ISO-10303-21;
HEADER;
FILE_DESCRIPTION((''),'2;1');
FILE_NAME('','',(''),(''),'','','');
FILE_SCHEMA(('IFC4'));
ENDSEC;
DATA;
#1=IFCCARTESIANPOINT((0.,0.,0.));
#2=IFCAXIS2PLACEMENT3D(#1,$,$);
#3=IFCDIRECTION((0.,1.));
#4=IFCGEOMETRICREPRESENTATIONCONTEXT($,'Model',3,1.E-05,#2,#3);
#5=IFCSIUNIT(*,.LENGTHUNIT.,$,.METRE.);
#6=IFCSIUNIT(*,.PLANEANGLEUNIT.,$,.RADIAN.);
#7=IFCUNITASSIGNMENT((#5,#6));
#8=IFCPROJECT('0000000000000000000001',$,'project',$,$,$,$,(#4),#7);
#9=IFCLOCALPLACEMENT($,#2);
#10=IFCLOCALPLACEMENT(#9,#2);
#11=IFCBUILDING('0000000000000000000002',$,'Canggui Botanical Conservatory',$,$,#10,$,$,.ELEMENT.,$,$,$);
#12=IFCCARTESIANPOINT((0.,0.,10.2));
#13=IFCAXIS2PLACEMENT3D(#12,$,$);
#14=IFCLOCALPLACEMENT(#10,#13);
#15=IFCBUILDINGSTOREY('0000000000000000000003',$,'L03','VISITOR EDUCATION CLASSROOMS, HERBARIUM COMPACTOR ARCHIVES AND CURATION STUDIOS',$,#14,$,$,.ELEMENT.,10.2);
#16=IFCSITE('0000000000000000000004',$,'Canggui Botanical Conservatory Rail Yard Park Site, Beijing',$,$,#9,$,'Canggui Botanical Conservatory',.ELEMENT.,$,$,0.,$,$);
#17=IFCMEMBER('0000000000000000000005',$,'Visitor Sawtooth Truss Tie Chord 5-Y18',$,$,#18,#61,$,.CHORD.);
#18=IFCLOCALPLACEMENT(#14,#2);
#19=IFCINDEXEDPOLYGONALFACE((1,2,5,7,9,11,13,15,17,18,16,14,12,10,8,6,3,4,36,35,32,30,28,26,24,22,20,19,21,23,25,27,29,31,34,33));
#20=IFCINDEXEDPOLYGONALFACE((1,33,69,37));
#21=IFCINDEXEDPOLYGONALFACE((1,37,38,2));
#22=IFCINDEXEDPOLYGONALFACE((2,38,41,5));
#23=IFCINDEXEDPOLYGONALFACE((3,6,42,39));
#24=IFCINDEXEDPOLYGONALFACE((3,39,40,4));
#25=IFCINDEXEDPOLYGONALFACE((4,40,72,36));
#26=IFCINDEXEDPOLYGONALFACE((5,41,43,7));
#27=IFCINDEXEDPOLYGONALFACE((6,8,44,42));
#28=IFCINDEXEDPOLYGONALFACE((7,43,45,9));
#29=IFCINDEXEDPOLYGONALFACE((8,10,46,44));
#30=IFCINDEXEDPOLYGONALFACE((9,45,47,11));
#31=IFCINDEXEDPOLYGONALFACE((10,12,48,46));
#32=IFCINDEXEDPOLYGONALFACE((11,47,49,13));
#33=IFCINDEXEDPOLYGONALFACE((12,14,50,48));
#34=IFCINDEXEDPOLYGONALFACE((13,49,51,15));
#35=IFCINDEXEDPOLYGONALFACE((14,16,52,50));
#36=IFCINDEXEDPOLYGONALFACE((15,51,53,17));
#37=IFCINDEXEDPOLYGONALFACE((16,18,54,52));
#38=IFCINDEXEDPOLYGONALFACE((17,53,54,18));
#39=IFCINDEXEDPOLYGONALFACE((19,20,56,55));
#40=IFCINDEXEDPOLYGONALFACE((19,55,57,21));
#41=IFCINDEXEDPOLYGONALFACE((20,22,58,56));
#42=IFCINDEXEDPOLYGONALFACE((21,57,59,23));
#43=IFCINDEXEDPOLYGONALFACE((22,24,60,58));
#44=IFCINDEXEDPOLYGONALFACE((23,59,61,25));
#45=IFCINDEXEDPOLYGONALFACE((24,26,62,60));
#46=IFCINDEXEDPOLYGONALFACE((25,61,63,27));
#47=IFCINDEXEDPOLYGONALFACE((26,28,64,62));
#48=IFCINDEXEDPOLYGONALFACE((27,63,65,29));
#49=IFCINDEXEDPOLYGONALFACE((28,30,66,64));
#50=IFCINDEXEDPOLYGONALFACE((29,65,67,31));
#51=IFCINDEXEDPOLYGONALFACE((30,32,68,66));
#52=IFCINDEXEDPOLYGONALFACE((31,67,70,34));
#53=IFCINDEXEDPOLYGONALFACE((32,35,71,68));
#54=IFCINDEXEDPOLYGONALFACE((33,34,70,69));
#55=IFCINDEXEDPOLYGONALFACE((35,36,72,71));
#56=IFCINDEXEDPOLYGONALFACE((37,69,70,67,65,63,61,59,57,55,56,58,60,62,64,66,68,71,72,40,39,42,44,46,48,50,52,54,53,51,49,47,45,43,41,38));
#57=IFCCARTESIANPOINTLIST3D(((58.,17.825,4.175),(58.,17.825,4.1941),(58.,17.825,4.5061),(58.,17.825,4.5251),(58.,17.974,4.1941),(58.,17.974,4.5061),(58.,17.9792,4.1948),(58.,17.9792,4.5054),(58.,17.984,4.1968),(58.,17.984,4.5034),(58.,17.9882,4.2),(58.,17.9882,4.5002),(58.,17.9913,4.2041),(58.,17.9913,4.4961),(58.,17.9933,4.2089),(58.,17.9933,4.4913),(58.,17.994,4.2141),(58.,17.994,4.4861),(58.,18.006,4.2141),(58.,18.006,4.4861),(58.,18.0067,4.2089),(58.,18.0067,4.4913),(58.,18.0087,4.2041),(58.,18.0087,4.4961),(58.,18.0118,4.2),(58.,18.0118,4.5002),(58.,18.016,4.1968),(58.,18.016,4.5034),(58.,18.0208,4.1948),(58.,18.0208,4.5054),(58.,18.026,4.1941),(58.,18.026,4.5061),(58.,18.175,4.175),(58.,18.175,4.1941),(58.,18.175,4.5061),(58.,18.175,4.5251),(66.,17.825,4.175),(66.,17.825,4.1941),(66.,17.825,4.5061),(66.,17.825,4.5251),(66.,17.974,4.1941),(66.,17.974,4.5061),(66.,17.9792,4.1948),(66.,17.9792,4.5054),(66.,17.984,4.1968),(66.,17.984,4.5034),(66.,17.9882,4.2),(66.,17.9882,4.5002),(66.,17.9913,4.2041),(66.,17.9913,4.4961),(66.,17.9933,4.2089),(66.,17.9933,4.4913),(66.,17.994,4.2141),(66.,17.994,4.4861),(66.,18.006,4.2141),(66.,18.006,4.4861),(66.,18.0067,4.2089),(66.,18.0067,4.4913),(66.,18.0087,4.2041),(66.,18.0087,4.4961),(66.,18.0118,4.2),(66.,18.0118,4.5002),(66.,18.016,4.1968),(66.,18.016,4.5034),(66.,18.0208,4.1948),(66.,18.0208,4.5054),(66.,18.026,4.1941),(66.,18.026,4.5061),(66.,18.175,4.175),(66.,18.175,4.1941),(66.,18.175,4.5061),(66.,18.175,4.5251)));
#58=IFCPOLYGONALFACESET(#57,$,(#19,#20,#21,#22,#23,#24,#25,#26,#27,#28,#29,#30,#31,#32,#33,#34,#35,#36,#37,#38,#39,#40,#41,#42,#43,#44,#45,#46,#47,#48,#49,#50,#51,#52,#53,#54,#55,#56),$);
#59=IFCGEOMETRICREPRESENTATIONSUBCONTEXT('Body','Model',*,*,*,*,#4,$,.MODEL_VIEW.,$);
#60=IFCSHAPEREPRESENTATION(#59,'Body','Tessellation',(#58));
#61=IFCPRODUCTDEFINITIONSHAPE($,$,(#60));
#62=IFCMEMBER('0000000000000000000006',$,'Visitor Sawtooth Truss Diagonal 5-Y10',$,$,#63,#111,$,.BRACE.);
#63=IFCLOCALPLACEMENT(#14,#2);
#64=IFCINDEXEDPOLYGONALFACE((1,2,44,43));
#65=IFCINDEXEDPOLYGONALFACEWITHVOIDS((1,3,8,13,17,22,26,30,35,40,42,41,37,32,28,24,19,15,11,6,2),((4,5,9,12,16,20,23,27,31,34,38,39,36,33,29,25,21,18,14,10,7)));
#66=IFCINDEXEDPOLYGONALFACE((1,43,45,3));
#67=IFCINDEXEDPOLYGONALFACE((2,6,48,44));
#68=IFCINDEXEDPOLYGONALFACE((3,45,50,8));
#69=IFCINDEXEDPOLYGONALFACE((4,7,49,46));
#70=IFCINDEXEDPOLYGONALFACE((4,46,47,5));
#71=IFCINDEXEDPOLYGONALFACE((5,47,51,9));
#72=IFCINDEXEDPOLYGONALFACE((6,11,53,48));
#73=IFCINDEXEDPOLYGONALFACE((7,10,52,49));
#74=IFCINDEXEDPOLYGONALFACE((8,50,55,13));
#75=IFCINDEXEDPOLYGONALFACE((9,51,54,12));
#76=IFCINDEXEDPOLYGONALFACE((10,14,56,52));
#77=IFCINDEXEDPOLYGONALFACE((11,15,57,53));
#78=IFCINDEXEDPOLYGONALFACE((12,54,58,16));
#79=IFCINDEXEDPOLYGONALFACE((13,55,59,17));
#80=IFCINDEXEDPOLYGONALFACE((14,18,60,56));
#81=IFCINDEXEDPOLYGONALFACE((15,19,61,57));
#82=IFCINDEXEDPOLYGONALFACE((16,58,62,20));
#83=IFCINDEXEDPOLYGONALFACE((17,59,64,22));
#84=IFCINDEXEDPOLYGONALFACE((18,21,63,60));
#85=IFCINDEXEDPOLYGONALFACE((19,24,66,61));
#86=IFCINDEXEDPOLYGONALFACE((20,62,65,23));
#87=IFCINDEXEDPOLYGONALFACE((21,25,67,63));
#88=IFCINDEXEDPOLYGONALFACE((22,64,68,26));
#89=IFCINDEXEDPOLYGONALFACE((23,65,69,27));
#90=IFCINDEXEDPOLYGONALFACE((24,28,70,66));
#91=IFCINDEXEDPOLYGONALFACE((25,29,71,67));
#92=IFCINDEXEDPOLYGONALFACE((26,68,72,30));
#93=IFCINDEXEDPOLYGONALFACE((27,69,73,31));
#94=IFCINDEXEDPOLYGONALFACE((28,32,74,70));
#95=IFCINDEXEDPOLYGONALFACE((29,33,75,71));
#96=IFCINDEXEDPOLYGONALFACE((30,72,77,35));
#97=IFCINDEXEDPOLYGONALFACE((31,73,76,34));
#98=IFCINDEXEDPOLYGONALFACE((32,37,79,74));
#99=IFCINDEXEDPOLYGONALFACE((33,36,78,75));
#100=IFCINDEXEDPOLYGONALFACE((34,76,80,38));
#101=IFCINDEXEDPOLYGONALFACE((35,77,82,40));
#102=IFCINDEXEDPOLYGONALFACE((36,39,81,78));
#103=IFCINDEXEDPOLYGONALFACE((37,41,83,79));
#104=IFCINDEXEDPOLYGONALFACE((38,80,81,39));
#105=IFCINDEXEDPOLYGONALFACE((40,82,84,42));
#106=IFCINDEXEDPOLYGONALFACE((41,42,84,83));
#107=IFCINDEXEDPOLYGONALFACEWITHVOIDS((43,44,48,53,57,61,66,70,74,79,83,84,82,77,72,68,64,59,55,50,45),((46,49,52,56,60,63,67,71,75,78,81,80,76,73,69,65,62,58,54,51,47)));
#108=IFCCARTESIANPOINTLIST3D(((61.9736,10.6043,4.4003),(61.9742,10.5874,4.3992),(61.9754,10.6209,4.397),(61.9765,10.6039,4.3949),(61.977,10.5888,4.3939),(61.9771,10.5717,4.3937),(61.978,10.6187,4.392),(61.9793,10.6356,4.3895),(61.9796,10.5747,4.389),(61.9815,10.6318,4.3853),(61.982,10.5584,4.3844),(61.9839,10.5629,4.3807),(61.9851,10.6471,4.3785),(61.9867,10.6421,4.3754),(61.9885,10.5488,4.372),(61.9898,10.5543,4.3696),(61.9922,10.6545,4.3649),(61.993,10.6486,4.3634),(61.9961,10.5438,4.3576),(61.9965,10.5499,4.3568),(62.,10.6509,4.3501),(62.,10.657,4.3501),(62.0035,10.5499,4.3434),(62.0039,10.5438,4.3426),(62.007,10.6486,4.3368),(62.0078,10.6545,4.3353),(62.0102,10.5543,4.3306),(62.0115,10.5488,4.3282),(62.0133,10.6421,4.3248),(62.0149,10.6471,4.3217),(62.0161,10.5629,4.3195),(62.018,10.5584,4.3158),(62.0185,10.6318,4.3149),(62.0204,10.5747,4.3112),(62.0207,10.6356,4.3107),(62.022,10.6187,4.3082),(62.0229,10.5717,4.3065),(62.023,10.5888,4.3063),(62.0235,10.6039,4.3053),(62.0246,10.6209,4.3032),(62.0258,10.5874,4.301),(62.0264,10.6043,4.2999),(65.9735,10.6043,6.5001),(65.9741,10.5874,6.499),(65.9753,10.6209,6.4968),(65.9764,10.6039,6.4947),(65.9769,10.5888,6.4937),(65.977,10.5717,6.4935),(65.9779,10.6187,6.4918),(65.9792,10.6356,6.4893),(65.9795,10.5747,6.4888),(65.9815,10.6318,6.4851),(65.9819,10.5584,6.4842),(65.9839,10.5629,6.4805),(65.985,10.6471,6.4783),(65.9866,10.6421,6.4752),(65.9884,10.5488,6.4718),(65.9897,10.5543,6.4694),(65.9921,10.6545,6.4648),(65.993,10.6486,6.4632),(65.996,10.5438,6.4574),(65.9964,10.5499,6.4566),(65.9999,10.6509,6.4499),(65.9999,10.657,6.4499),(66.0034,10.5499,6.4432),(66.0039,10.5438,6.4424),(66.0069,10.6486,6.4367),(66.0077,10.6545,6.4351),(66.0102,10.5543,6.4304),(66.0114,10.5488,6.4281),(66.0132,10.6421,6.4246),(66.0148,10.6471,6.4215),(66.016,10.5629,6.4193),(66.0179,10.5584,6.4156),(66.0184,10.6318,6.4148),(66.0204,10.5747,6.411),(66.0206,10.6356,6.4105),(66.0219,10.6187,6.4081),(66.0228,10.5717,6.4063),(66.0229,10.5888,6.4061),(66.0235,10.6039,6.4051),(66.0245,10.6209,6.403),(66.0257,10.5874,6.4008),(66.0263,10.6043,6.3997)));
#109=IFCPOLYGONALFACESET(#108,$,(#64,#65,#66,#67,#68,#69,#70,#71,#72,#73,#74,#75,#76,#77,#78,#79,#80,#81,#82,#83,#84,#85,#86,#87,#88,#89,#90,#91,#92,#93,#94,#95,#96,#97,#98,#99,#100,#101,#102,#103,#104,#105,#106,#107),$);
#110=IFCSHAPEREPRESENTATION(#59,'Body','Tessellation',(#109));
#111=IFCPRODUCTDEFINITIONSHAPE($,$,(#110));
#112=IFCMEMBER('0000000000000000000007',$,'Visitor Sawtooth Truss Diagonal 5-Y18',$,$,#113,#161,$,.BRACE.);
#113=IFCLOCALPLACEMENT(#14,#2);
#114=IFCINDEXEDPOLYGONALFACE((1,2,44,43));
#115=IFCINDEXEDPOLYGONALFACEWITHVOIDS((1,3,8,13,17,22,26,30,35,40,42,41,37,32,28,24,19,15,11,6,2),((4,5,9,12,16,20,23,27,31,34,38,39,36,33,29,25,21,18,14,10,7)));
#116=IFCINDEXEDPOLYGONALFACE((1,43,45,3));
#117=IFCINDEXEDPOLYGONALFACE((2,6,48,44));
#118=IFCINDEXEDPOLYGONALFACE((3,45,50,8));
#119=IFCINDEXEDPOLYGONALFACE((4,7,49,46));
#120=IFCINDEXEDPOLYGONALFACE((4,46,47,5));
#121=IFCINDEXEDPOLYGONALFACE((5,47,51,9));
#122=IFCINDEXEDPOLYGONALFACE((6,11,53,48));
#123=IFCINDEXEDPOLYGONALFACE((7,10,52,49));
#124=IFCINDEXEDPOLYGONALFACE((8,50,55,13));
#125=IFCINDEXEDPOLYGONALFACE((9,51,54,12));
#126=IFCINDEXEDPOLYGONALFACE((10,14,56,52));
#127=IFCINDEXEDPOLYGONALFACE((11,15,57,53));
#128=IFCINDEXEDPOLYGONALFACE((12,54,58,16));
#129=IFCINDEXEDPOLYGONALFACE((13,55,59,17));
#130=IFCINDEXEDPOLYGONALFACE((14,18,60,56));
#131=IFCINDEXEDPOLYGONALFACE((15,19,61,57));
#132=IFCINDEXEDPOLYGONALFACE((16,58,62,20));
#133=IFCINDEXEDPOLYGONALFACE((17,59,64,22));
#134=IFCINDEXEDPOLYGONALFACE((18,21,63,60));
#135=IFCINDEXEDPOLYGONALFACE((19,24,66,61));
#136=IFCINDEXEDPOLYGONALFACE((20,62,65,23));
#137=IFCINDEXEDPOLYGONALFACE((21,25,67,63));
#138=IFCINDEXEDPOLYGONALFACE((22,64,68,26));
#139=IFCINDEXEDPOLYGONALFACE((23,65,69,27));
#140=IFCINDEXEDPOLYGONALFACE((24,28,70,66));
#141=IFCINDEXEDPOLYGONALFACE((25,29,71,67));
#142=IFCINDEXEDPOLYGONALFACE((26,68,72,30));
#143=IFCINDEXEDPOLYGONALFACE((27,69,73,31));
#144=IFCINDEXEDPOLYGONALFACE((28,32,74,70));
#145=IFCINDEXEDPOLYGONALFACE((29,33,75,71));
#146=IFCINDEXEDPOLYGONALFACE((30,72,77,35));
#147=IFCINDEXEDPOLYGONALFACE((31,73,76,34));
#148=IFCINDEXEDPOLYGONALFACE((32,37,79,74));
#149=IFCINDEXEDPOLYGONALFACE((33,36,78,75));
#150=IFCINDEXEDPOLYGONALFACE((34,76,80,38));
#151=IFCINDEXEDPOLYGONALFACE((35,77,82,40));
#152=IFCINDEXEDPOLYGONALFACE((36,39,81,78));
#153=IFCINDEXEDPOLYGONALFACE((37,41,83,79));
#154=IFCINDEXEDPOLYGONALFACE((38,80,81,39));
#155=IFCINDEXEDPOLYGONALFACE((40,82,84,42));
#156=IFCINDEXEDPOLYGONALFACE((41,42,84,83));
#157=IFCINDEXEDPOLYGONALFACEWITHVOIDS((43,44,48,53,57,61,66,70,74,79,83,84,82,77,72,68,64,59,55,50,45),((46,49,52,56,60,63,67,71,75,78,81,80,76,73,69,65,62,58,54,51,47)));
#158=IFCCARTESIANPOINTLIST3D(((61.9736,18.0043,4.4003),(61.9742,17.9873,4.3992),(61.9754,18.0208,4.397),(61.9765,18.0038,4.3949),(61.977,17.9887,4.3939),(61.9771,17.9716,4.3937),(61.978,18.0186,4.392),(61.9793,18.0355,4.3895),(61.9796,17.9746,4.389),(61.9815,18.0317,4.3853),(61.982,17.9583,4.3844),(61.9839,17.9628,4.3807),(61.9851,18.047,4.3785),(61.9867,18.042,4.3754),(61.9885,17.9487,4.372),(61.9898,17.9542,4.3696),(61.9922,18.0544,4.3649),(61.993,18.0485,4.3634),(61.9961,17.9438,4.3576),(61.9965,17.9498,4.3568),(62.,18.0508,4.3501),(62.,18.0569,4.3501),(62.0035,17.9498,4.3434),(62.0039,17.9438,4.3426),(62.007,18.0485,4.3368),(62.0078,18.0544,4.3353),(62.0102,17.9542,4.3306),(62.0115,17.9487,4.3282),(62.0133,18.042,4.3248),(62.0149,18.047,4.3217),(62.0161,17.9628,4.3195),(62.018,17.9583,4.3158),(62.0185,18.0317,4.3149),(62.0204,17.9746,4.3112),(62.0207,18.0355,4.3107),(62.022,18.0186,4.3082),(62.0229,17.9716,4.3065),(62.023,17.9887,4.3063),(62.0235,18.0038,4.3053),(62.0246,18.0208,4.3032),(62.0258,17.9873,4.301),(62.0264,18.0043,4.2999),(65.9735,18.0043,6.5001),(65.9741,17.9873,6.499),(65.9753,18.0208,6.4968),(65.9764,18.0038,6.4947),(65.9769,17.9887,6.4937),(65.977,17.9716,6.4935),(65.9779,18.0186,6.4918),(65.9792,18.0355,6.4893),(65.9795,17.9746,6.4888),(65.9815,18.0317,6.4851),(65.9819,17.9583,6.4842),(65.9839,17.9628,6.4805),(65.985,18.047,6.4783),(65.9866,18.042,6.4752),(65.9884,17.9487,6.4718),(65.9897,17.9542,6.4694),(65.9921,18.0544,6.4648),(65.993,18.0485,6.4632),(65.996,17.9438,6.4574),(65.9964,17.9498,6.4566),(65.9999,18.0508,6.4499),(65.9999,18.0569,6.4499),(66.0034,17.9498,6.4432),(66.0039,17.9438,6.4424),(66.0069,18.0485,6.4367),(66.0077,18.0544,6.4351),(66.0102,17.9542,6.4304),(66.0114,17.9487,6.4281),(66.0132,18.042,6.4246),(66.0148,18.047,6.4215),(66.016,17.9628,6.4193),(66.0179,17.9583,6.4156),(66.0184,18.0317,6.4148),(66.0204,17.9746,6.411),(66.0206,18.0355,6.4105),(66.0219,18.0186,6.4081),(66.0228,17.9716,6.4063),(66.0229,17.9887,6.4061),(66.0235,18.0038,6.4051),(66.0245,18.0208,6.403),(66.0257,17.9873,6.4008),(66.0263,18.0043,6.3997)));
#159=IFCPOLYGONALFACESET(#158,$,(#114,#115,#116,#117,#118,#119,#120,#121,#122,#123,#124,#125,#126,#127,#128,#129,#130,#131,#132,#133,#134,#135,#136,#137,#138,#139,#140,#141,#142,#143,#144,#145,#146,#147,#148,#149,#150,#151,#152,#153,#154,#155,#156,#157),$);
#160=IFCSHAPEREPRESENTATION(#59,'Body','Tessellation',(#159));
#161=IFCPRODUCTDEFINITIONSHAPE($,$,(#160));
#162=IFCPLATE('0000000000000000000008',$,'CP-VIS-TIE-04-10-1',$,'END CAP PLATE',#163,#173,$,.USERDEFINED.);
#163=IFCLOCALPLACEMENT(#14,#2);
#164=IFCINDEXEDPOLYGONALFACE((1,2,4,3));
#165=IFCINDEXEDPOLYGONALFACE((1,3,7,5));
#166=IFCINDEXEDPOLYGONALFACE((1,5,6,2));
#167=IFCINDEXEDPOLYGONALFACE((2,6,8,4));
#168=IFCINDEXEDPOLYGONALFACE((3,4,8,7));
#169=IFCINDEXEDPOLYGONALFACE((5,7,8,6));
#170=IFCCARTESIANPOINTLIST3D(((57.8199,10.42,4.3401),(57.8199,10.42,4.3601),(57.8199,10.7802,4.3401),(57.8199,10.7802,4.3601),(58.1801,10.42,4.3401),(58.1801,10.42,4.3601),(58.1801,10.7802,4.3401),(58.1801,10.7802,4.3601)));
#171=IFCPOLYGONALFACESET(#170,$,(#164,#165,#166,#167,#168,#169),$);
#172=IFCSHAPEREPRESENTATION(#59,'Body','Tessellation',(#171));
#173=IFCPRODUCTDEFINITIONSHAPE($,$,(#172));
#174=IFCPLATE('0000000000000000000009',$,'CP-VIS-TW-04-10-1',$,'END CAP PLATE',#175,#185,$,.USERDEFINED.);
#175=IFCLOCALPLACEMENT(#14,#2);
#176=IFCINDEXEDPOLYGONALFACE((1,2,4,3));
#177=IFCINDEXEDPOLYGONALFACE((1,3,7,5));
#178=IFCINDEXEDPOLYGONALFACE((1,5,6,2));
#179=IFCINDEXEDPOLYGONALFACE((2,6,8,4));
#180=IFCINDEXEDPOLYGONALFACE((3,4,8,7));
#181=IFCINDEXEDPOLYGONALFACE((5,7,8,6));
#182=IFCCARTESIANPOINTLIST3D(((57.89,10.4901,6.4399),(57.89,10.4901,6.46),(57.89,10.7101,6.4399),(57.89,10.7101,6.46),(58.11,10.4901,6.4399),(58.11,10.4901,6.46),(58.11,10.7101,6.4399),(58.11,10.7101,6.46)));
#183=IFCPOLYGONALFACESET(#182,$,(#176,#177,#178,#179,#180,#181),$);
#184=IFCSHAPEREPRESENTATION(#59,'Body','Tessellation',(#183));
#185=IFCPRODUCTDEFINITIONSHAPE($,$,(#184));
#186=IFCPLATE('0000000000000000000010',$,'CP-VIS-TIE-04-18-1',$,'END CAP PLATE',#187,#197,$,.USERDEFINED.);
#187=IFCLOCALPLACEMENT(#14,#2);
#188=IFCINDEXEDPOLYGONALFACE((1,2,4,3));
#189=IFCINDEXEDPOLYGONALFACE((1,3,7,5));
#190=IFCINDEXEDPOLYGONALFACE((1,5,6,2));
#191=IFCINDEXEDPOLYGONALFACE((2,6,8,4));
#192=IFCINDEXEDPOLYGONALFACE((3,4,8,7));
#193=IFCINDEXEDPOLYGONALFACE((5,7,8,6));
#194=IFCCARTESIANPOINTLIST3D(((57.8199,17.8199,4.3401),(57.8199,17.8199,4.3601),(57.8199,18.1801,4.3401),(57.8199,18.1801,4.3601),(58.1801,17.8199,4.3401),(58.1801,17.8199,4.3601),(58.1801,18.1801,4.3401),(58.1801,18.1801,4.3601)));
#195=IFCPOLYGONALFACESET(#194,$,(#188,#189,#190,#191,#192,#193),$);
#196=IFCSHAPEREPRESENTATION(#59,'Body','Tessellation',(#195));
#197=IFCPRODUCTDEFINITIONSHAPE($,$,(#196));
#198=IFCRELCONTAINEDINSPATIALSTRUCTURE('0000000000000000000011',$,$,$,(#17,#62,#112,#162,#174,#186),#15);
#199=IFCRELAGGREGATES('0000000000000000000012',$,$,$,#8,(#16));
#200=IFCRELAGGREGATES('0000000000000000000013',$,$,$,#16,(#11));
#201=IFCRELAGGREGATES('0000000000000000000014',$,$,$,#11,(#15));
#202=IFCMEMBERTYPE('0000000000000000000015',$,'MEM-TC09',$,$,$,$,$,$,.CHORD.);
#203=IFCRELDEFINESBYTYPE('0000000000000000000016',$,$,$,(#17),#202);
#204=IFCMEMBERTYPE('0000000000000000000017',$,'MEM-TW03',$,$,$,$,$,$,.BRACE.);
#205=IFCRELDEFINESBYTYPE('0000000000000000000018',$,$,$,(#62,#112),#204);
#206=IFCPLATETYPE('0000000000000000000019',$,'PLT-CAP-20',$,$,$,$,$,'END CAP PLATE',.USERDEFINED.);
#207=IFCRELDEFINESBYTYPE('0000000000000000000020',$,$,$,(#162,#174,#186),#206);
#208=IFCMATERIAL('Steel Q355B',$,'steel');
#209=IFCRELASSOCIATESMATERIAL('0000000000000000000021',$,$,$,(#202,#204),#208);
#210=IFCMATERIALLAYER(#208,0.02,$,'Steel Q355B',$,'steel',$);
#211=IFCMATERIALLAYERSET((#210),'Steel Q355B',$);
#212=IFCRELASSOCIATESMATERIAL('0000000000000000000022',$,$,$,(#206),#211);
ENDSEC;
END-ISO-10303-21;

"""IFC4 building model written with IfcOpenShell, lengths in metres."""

from ifc_helpers import new_model, si_unit, direction, frame, origin, origin_2d, place, context, subcontext, project, spatial, rectangle, hollow_circle, i_section, extrude, material, layer, layer_set, material_profile, profile_set, type_object, element, save


model = new_model("IFC4")

# Units and contexts
model_context = context("Model", 3, precision=1e-05, world=origin(), true_north=direction((0.0, 1.0)))
body_context = subcontext(model_context, "Body", "Model", "MODEL_VIEW")
ifc_project = project(units=[si_unit("LENGTHUNIT", "METRE"), si_unit("PLANEANGLEUNIT", "RADIAN")], contexts=[model_context])

# Site, building, storey
site_placement = place(None, origin())
site = spatial("IfcSite", under=ifc_project, at=site_placement, Name="Canggui Botanical Conservatory Rail Yard Park Site, Beijing", LongName="Canggui Botanical Conservatory", CompositionType="ELEMENT", RefElevation=0.0)
building_placement = place(site_placement, origin())
building = spatial("IfcBuilding", under=site, at=building_placement, Name="Canggui Botanical Conservatory", CompositionType="ELEMENT")
storey_placement = place(building_placement, frame((0.0, 0.0, 10.2)))
storey = spatial("IfcBuildingStorey", under=building, at=storey_placement, Name="L03", Description="VISITOR EDUCATION CLASSROOMS, HERBARIUM COMPACTOR ARCHIVES AND CURATION STUDIOS", CompositionType="ELEMENT", Elevation=10.2)

# Shared definitions
ifc_material_1 = material(Name="Steel Q355B", Category="steel")

# Members
ifc_material_profile_1 = material_profile(ifc_material_1, i_section(OverallWidth=0.3501, OverallDepth=0.3501, WebThickness=0.012, FlangeThickness=0.019, FilletRadius=0.02, at=origin_2d()), Name="HW 350x350x12x19")
ifc_profile_set_1 = profile_set([ifc_material_profile_1], Name="Steel Q355B")
member_type_1 = type_object("IfcMemberType", Name="MEM-TC09", PredefinedType="CHORD", material=ifc_profile_set_1)
for number, where, z_axis, x_axis, name in (
    (1, (58.0, 18.0, 4.3501), (1.0, 0.0, 0.0), (0.0, 1.0, 0.0), "Visitor Sawtooth Truss Tie Chord 5-Y18"),
):
    element("IfcMember", number, at=place(storey_placement, frame(where, z_axis=z_axis, x_axis=x_axis)), inside=storey, type_object=member_type_1, Name=name, PredefinedType="CHORD", context=body_context, shape_type="SweptSolid", body=[
        extrude(i_section(OverallWidth=0.3501, OverallDepth=0.3501, WebThickness=0.012, FlangeThickness=0.019, FilletRadius=0.02, at=origin_2d()), origin(), (0.0, 0.0, 1.0), 8.0),
    ])
ifc_material_profile_2 = material_profile(ifc_material_1, hollow_circle(Radius=0.0569, WallThickness=0.0061, at=origin_2d()), Name="CHS 114x6")
ifc_profile_set_2 = profile_set([ifc_material_profile_2], Name="Steel Q355B")
member_type_2 = type_object("IfcMemberType", Name="MEM-TW03", PredefinedType="BRACE", material=ifc_profile_set_2)
for number, where, z_axis, x_axis, name in (
    (2, (62.0, 10.6001, 4.3501), (0.885411, 0.0, 0.464808), (0.0, 1.0, 0.0), "Visitor Sawtooth Truss Diagonal 5-Y10"),
    (3, (62.0, 18.0, 4.3501), (0.885411, 0.0, 0.464808), (0.0, 1.0, 0.0), "Visitor Sawtooth Truss Diagonal 5-Y18"),
):
    element("IfcMember", number, at=place(storey_placement, frame(where, z_axis=z_axis, x_axis=x_axis)), inside=storey, type_object=member_type_2, Name=name, PredefinedType="BRACE", context=body_context, shape_type="SweptSolid", body=[
        extrude(hollow_circle(Radius=0.0569, WallThickness=0.0061, at=origin_2d()), origin(), (0.0, 0.0, 1.0), 4.5176),
    ])

# Plates
ifc_layer_1 = layer(ifc_material_1, 0.02, Name="Steel Q355B", Category="steel")
ifc_layer_set_1 = layer_set([ifc_layer_1], Name="Steel Q355B")
plate_type = type_object("IfcPlateType", Name="PLT-CAP-20", ElementType="END CAP PLATE", PredefinedType="USERDEFINED", material=ifc_layer_set_1)
plate_1_placement = place(storey_placement, frame((58.0, 10.6001, 4.3401), z_axis=(0.0, 0.0, 1.0), x_axis=(1.0, 0.0, 0.0)))
element("IfcPlate", 4, at=plate_1_placement, inside=storey, type_object=plate_type, Name="CP-VIS-TIE-04-10-1", ObjectType="END CAP PLATE", PredefinedType="USERDEFINED", context=body_context, shape_type="SweptSolid", body=[
    extrude(rectangle(XDim=0.3601, YDim=0.3601, at=origin_2d()), origin(), (0.0, 0.0, 1.0), 0.02),
])
plate_2_placement = place(storey_placement, frame((58.0, 10.6001, 6.4399), z_axis=(0.0, 0.0, 1.0), x_axis=(1.0, 0.0, 0.0)))
element("IfcPlate", 5, at=plate_2_placement, inside=storey, type_object=plate_type, Name="CP-VIS-TW-04-10-1", ObjectType="END CAP PLATE", PredefinedType="USERDEFINED", context=body_context, shape_type="SweptSolid", body=[
    extrude(rectangle(XDim=0.22, YDim=0.22, at=origin_2d()), origin(), (0.0, 0.0, 1.0), 0.02),
])
plate_3_placement = place(storey_placement, frame((58.0, 18.0, 4.3401), z_axis=(0.0, 0.0, 1.0), x_axis=(1.0, 0.0, 0.0)))
element("IfcPlate", 6, at=plate_3_placement, inside=storey, type_object=plate_type, Name="CP-VIS-TIE-04-18-1", ObjectType="END CAP PLATE", PredefinedType="USERDEFINED", context=body_context, shape_type="SweptSolid", body=[
    extrude(rectangle(XDim=0.3601, YDim=0.3601, at=origin_2d()), origin(), (0.0, 0.0, 1.0), 0.02),
])

save(model, "model.ifc")
